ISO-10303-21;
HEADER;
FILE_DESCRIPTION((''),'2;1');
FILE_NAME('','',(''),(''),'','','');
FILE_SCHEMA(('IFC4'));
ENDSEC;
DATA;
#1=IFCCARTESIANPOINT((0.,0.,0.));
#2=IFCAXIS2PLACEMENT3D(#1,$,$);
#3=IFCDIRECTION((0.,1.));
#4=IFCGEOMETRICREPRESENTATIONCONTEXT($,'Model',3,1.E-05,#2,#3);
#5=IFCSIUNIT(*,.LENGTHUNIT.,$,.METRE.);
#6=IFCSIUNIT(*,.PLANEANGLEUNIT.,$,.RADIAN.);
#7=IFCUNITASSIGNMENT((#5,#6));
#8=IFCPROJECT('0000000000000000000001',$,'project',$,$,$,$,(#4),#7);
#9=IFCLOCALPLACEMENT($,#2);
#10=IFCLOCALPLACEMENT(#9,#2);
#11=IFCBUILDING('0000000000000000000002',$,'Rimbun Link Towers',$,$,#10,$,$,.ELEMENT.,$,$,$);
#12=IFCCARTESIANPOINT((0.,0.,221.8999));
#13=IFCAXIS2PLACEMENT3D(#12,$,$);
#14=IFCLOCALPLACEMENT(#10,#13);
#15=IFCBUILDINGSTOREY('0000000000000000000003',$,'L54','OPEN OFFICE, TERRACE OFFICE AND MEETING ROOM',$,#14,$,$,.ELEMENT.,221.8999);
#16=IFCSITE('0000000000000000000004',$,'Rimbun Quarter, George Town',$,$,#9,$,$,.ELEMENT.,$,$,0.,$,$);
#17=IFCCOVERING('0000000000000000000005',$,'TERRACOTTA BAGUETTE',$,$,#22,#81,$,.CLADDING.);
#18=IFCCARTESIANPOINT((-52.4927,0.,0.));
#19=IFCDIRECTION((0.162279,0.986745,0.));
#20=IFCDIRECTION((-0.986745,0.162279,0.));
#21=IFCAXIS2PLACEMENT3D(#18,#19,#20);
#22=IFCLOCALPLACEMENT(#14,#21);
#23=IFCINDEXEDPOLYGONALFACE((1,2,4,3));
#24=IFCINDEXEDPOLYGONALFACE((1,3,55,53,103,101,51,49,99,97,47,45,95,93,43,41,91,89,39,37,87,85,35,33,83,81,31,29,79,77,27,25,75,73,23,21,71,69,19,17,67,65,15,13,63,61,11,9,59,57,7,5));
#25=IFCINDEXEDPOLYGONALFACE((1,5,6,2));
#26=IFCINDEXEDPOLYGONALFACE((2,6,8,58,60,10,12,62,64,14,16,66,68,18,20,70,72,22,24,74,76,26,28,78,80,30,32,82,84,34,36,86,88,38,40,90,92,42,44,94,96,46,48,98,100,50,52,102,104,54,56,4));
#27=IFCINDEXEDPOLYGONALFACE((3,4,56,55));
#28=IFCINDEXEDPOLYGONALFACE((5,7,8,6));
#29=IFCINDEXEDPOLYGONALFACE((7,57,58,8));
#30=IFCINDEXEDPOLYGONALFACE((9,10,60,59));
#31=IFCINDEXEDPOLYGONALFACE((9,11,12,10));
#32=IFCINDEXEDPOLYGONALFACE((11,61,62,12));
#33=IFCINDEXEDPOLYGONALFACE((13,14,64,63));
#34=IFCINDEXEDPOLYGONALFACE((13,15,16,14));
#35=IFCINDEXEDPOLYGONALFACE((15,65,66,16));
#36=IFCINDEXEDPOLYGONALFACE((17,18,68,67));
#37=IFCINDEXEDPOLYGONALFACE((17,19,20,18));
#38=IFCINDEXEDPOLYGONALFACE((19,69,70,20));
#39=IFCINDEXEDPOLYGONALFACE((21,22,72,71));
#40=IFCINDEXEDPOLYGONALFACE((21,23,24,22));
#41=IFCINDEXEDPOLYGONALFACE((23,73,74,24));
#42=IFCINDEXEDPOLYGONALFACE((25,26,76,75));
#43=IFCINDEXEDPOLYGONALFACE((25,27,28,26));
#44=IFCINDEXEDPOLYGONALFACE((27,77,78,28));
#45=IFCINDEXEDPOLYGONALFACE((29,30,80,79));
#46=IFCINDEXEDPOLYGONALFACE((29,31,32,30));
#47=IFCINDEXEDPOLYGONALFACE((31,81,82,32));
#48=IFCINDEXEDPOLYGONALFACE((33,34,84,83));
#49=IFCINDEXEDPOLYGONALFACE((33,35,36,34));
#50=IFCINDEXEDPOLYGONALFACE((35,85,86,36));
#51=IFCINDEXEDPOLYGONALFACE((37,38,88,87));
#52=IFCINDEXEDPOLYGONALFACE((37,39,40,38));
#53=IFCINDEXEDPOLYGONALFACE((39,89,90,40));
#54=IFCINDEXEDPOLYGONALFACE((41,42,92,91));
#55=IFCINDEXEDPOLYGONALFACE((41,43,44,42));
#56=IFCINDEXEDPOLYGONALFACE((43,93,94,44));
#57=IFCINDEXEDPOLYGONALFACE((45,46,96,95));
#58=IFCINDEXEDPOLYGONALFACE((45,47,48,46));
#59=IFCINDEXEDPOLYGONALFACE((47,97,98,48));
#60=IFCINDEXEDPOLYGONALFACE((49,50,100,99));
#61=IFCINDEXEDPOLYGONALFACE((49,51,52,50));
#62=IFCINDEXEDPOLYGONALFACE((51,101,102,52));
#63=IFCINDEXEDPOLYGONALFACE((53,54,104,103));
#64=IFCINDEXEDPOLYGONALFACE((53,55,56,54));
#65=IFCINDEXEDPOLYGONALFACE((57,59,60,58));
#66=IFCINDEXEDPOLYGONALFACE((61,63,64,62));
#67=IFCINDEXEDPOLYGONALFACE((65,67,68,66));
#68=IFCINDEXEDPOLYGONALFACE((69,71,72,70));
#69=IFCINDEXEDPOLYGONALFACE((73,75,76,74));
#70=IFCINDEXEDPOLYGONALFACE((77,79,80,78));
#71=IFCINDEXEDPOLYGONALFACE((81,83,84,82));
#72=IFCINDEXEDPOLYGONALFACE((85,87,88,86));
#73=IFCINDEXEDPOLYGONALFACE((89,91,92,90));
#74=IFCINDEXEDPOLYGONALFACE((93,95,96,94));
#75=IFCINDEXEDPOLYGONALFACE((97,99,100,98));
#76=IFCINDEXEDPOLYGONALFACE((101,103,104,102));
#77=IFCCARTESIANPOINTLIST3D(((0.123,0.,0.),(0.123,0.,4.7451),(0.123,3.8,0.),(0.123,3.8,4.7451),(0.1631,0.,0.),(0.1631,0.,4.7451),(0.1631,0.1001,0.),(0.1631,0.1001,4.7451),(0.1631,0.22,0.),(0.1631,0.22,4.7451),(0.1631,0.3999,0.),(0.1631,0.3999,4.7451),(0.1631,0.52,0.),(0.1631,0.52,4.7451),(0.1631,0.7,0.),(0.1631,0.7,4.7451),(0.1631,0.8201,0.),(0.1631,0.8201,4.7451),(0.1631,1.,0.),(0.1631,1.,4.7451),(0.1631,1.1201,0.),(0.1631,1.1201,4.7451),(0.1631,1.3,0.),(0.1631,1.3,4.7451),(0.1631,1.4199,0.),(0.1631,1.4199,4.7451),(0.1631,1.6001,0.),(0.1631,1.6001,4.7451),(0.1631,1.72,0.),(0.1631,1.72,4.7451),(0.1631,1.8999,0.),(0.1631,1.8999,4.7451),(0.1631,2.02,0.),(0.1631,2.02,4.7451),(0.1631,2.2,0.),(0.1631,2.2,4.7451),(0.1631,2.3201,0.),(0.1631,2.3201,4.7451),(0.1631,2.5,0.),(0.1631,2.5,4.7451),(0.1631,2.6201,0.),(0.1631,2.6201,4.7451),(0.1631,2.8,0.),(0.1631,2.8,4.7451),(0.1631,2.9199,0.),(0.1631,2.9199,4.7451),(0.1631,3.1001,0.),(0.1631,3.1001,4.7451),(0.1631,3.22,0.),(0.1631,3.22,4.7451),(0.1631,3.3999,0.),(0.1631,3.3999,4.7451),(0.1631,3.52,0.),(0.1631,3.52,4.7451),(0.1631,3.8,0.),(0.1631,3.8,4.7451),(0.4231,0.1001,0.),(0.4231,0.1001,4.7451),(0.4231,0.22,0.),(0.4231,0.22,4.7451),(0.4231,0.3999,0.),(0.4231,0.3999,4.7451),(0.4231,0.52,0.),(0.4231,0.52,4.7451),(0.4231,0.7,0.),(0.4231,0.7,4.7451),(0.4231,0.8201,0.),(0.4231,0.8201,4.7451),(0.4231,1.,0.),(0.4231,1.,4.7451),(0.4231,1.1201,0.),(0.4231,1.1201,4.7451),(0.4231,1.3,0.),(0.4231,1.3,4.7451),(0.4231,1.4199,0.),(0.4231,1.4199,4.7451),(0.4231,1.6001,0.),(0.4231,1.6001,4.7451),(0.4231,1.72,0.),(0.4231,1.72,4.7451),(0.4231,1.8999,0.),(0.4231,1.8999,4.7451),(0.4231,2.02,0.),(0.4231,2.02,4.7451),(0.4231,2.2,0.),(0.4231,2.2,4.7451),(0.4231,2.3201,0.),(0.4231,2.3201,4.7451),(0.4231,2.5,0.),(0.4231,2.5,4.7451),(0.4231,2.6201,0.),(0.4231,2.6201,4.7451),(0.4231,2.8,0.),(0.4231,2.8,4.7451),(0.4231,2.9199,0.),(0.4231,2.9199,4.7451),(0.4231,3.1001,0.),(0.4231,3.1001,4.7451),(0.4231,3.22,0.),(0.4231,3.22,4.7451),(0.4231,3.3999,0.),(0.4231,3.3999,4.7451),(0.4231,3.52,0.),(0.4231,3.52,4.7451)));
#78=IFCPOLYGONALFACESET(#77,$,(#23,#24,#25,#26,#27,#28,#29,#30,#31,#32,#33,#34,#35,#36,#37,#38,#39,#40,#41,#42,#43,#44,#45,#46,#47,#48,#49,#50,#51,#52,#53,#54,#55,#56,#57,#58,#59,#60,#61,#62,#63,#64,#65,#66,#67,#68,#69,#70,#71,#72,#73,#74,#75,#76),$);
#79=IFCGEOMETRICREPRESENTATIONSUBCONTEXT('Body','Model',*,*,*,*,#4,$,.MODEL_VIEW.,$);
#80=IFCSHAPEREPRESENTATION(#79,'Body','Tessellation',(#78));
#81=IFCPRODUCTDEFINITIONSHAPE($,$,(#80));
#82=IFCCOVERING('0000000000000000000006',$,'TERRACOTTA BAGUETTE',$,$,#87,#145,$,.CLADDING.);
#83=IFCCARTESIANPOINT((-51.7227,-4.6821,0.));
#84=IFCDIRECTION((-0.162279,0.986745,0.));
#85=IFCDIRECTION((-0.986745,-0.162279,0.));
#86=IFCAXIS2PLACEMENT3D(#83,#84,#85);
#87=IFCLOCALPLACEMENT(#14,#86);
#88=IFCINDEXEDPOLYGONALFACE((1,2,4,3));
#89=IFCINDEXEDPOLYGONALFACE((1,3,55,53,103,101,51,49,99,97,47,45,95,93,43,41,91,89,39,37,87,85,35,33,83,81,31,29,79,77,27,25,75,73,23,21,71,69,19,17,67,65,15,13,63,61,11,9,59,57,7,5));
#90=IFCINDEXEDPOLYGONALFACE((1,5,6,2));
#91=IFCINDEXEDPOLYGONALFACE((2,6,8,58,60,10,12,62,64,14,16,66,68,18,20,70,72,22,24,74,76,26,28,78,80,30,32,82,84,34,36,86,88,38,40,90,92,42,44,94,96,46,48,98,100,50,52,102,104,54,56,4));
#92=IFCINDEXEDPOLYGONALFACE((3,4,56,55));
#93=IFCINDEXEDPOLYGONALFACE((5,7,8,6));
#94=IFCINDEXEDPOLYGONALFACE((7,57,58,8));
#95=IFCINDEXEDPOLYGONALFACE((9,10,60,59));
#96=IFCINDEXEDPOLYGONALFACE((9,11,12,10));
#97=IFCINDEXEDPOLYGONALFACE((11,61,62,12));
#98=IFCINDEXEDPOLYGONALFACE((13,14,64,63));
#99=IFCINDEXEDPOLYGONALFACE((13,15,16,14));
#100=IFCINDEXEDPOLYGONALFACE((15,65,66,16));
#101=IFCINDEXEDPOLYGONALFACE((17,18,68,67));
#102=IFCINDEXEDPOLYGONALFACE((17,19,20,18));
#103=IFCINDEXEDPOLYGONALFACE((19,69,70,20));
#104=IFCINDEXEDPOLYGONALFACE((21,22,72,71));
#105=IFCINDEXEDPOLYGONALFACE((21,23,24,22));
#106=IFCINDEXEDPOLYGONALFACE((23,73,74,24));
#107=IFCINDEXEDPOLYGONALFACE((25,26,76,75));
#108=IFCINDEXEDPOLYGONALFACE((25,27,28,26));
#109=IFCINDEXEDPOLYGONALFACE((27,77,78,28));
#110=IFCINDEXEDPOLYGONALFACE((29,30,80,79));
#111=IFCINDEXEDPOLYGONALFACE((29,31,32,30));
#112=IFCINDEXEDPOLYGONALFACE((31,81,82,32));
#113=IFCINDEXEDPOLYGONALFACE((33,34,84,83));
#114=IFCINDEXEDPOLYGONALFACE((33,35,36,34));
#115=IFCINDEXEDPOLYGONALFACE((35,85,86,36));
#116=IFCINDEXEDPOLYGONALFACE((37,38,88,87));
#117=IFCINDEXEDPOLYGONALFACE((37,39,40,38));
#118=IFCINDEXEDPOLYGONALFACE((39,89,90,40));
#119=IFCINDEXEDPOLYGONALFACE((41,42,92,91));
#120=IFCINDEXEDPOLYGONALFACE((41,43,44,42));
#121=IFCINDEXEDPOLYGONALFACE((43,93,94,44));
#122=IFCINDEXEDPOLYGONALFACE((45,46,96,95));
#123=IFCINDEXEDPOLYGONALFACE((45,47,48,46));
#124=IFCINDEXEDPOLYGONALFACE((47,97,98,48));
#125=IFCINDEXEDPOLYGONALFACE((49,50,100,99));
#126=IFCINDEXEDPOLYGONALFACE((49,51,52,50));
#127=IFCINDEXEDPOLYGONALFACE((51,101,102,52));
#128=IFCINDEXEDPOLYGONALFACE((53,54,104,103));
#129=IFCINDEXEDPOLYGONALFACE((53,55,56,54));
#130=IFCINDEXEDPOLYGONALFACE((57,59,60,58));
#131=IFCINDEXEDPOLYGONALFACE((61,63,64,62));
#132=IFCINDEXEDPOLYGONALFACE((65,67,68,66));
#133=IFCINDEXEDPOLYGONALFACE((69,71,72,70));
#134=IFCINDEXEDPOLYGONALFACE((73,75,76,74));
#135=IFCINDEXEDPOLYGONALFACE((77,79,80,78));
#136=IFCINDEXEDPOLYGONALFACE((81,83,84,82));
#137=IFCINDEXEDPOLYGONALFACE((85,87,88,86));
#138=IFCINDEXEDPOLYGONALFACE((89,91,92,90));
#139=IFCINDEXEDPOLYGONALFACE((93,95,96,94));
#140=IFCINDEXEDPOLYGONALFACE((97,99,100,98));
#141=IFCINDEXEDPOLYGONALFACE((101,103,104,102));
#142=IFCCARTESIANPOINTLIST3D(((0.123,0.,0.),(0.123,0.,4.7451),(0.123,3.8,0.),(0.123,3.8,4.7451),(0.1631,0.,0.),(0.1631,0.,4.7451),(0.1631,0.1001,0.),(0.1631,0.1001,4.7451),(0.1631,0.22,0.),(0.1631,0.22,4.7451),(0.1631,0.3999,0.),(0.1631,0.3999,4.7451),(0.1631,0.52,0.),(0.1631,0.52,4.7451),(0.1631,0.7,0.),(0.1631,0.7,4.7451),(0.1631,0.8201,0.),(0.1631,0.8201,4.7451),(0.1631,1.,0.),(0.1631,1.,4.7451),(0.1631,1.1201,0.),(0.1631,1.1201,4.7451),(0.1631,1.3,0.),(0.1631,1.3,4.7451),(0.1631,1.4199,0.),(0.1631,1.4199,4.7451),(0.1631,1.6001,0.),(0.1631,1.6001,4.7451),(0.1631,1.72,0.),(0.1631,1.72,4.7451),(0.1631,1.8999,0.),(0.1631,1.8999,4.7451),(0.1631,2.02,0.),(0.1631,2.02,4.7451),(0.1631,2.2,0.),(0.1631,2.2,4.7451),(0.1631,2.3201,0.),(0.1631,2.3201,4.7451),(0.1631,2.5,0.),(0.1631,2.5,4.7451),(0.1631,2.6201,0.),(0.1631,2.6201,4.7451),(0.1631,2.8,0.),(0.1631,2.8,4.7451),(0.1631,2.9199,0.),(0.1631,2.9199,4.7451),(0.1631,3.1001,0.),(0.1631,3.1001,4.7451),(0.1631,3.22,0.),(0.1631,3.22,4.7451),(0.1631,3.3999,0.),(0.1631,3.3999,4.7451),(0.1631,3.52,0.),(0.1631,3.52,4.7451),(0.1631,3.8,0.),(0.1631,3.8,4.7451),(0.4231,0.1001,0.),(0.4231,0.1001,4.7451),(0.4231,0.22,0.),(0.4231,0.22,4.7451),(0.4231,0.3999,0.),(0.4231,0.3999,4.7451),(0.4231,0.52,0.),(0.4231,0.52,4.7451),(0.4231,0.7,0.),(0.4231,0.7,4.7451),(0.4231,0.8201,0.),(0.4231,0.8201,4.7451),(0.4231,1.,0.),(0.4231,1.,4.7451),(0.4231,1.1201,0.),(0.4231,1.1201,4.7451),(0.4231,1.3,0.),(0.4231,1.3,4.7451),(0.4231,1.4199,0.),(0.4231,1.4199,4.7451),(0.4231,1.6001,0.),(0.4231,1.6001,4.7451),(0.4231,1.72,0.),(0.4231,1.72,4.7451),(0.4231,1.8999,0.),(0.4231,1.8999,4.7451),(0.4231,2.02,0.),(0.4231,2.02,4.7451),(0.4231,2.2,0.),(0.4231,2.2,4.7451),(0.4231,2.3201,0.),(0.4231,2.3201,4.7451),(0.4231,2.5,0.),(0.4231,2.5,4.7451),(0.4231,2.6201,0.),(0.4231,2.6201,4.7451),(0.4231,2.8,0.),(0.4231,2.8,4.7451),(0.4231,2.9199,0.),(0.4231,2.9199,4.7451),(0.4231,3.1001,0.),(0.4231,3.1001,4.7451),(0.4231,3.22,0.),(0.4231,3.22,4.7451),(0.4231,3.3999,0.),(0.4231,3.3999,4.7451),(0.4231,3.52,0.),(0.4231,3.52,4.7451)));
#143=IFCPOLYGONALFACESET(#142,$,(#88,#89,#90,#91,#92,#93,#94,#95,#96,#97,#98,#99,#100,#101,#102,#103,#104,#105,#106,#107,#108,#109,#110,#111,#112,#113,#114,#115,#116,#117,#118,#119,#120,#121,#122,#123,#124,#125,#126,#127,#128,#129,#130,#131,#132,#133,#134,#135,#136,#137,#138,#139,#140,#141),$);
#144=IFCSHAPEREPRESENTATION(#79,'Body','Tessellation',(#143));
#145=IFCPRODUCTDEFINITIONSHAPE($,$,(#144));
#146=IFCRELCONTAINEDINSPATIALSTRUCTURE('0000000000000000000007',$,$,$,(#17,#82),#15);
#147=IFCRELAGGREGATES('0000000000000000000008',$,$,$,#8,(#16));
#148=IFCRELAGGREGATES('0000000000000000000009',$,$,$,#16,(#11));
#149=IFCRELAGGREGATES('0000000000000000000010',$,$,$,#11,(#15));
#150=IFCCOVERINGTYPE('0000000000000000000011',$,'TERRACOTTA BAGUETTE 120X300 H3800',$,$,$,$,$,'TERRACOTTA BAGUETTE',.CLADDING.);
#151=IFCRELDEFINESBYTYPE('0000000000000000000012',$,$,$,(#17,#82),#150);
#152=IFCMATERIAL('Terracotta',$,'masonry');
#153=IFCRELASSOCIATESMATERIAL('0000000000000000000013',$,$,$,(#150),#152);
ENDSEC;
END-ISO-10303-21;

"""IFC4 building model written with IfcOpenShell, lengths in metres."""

from ifc_helpers import new_model, si_unit, direction, frame, origin, place, context, subcontext, project, spatial, polyline, outline, extrude, material, material_profile, profile_set, type_object, element, save


model = new_model("IFC4")

# Units and contexts
model_context = context("Model", 3, precision=1e-05, world=origin(), true_north=direction((0.0, 1.0)))
body_context = subcontext(model_context, "Body", "Model", "MODEL_VIEW")
ifc_project = project(units=[si_unit("LENGTHUNIT", "METRE"), si_unit("PLANEANGLEUNIT", "RADIAN")], contexts=[model_context])

# Site, building, storey
site_placement = place(None, origin())
site = spatial("IfcSite", under=ifc_project, at=site_placement, Name="Rimbun Quarter, George Town", CompositionType="ELEMENT", RefElevation=0.0)
building_placement = place(site_placement, origin())
building = spatial("IfcBuilding", under=site, at=building_placement, Name="Rimbun Link Towers", CompositionType="ELEMENT")
storey_placement = place(building_placement, frame((0.0, 0.0, 221.8999)))
storey = spatial("IfcBuildingStorey", under=building, at=storey_placement, Name="L54", Description="OPEN OFFICE, TERRACE OFFICE AND MEETING ROOM", CompositionType="ELEMENT", Elevation=221.8999)

# Coverings
ifc_material_1 = material(Name="Terracotta", Category="masonry")
ifc_material_profile_1 = material_profile(ifc_material_1, outline(polyline([(0.123, 0.0), (0.1631, 0.0), (0.1631, 0.1001), (0.4231, 0.1001), (0.4231, 0.22), (0.1631, 0.22), (0.1631, 0.3999), (0.4231, 0.3999), (0.4231, 0.52), (0.1631, 0.52), (0.1631, 0.7), (0.4231, 0.7), (0.4231, 0.8201), (0.1631, 0.8201), (0.1631, 1.0), (0.4231, 1.0), (0.4231, 1.1201), (0.1631, 1.1201), (0.1631, 1.3), (0.4231, 1.3), (0.4231, 1.4199), (0.1631, 1.4199), (0.1631, 1.6001), (0.4231, 1.6001), (0.4231, 1.72), (0.1631, 1.72), (0.1631, 1.8999), (0.4231, 1.8999), (0.4231, 2.02), (0.1631, 2.02), (0.1631, 2.2), (0.4231, 2.2), (0.4231, 2.3201), (0.1631, 2.3201), (0.1631, 2.5), (0.4231, 2.5), (0.4231, 2.6201), (0.1631, 2.6201), (0.1631, 2.8), (0.4231, 2.8), (0.4231, 2.9199), (0.1631, 2.9199), (0.1631, 3.1001), (0.4231, 3.1001), (0.4231, 3.22), (0.1631, 3.22), (0.1631, 3.3999), (0.4231, 3.3999), (0.4231, 3.52), (0.1631, 3.52), (0.1631, 3.8), (0.123, 3.8), (0.123, 0.0)])), Name="BAGUETTE 120X300")
ifc_profile_set_1 = profile_set([ifc_material_profile_1], Name="Terracotta")
covering_type = type_object("IfcCoveringType", Name="TERRACOTTA BAGUETTE 120X300 H3800", ElementType="TERRACOTTA BAGUETTE", PredefinedType="CLADDING", material=ifc_profile_set_1)
for number, where, z_axis, x_axis, name in (
    (1, (-52.4927, 0.0, 0.0), (0.162279, 0.986745, 0.0), (-0.986745, 0.162279, 0.0), "TERRACOTTA BAGUETTE"),
    (2, (-51.7227, -4.6821, 0.0), (-0.162279, 0.986745, 0.0), (-0.986745, -0.162279, 0.0), "TERRACOTTA BAGUETTE"),
):
    element("IfcCovering", number, at=place(storey_placement, frame(where, z_axis=z_axis, x_axis=x_axis)), inside=storey, type_object=covering_type, Name=name, PredefinedType="CLADDING", context=body_context, shape_type="SweptSolid", body=[
        extrude(outline(polyline([(0.123, 0.0), (0.1631, 0.0), (0.1631, 0.1001), (0.4231, 0.1001), (0.4231, 0.22), (0.1631, 0.22), (0.1631, 0.3999), (0.4231, 0.3999), (0.4231, 0.52), (0.1631, 0.52), (0.1631, 0.7), (0.4231, 0.7), (0.4231, 0.8201), (0.1631, 0.8201), (0.1631, 1.0), (0.4231, 1.0), (0.4231, 1.1201), (0.1631, 1.1201), (0.1631, 1.3), (0.4231, 1.3), (0.4231, 1.4199), (0.1631, 1.4199), (0.1631, 1.6001), (0.4231, 1.6001), (0.4231, 1.72), (0.1631, 1.72), (0.1631, 1.8999), (0.4231, 1.8999), (0.4231, 2.02), (0.1631, 2.02), (0.1631, 2.2), (0.4231, 2.2), (0.4231, 2.3201), (0.1631, 2.3201), (0.1631, 2.5), (0.4231, 2.5), (0.4231, 2.6201), (0.1631, 2.6201), (0.1631, 2.8), (0.4231, 2.8), (0.4231, 2.9199), (0.1631, 2.9199), (0.1631, 3.1001), (0.4231, 3.1001), (0.4231, 3.22), (0.1631, 3.22), (0.1631, 3.3999), (0.4231, 3.3999), (0.4231, 3.52), (0.1631, 3.52), (0.1631, 3.8), (0.123, 3.8), (0.123, 0.0)])), origin(), (0.0, 0.0, 1.0), 4.7451),
    ])

save(model, "model.ifc")
